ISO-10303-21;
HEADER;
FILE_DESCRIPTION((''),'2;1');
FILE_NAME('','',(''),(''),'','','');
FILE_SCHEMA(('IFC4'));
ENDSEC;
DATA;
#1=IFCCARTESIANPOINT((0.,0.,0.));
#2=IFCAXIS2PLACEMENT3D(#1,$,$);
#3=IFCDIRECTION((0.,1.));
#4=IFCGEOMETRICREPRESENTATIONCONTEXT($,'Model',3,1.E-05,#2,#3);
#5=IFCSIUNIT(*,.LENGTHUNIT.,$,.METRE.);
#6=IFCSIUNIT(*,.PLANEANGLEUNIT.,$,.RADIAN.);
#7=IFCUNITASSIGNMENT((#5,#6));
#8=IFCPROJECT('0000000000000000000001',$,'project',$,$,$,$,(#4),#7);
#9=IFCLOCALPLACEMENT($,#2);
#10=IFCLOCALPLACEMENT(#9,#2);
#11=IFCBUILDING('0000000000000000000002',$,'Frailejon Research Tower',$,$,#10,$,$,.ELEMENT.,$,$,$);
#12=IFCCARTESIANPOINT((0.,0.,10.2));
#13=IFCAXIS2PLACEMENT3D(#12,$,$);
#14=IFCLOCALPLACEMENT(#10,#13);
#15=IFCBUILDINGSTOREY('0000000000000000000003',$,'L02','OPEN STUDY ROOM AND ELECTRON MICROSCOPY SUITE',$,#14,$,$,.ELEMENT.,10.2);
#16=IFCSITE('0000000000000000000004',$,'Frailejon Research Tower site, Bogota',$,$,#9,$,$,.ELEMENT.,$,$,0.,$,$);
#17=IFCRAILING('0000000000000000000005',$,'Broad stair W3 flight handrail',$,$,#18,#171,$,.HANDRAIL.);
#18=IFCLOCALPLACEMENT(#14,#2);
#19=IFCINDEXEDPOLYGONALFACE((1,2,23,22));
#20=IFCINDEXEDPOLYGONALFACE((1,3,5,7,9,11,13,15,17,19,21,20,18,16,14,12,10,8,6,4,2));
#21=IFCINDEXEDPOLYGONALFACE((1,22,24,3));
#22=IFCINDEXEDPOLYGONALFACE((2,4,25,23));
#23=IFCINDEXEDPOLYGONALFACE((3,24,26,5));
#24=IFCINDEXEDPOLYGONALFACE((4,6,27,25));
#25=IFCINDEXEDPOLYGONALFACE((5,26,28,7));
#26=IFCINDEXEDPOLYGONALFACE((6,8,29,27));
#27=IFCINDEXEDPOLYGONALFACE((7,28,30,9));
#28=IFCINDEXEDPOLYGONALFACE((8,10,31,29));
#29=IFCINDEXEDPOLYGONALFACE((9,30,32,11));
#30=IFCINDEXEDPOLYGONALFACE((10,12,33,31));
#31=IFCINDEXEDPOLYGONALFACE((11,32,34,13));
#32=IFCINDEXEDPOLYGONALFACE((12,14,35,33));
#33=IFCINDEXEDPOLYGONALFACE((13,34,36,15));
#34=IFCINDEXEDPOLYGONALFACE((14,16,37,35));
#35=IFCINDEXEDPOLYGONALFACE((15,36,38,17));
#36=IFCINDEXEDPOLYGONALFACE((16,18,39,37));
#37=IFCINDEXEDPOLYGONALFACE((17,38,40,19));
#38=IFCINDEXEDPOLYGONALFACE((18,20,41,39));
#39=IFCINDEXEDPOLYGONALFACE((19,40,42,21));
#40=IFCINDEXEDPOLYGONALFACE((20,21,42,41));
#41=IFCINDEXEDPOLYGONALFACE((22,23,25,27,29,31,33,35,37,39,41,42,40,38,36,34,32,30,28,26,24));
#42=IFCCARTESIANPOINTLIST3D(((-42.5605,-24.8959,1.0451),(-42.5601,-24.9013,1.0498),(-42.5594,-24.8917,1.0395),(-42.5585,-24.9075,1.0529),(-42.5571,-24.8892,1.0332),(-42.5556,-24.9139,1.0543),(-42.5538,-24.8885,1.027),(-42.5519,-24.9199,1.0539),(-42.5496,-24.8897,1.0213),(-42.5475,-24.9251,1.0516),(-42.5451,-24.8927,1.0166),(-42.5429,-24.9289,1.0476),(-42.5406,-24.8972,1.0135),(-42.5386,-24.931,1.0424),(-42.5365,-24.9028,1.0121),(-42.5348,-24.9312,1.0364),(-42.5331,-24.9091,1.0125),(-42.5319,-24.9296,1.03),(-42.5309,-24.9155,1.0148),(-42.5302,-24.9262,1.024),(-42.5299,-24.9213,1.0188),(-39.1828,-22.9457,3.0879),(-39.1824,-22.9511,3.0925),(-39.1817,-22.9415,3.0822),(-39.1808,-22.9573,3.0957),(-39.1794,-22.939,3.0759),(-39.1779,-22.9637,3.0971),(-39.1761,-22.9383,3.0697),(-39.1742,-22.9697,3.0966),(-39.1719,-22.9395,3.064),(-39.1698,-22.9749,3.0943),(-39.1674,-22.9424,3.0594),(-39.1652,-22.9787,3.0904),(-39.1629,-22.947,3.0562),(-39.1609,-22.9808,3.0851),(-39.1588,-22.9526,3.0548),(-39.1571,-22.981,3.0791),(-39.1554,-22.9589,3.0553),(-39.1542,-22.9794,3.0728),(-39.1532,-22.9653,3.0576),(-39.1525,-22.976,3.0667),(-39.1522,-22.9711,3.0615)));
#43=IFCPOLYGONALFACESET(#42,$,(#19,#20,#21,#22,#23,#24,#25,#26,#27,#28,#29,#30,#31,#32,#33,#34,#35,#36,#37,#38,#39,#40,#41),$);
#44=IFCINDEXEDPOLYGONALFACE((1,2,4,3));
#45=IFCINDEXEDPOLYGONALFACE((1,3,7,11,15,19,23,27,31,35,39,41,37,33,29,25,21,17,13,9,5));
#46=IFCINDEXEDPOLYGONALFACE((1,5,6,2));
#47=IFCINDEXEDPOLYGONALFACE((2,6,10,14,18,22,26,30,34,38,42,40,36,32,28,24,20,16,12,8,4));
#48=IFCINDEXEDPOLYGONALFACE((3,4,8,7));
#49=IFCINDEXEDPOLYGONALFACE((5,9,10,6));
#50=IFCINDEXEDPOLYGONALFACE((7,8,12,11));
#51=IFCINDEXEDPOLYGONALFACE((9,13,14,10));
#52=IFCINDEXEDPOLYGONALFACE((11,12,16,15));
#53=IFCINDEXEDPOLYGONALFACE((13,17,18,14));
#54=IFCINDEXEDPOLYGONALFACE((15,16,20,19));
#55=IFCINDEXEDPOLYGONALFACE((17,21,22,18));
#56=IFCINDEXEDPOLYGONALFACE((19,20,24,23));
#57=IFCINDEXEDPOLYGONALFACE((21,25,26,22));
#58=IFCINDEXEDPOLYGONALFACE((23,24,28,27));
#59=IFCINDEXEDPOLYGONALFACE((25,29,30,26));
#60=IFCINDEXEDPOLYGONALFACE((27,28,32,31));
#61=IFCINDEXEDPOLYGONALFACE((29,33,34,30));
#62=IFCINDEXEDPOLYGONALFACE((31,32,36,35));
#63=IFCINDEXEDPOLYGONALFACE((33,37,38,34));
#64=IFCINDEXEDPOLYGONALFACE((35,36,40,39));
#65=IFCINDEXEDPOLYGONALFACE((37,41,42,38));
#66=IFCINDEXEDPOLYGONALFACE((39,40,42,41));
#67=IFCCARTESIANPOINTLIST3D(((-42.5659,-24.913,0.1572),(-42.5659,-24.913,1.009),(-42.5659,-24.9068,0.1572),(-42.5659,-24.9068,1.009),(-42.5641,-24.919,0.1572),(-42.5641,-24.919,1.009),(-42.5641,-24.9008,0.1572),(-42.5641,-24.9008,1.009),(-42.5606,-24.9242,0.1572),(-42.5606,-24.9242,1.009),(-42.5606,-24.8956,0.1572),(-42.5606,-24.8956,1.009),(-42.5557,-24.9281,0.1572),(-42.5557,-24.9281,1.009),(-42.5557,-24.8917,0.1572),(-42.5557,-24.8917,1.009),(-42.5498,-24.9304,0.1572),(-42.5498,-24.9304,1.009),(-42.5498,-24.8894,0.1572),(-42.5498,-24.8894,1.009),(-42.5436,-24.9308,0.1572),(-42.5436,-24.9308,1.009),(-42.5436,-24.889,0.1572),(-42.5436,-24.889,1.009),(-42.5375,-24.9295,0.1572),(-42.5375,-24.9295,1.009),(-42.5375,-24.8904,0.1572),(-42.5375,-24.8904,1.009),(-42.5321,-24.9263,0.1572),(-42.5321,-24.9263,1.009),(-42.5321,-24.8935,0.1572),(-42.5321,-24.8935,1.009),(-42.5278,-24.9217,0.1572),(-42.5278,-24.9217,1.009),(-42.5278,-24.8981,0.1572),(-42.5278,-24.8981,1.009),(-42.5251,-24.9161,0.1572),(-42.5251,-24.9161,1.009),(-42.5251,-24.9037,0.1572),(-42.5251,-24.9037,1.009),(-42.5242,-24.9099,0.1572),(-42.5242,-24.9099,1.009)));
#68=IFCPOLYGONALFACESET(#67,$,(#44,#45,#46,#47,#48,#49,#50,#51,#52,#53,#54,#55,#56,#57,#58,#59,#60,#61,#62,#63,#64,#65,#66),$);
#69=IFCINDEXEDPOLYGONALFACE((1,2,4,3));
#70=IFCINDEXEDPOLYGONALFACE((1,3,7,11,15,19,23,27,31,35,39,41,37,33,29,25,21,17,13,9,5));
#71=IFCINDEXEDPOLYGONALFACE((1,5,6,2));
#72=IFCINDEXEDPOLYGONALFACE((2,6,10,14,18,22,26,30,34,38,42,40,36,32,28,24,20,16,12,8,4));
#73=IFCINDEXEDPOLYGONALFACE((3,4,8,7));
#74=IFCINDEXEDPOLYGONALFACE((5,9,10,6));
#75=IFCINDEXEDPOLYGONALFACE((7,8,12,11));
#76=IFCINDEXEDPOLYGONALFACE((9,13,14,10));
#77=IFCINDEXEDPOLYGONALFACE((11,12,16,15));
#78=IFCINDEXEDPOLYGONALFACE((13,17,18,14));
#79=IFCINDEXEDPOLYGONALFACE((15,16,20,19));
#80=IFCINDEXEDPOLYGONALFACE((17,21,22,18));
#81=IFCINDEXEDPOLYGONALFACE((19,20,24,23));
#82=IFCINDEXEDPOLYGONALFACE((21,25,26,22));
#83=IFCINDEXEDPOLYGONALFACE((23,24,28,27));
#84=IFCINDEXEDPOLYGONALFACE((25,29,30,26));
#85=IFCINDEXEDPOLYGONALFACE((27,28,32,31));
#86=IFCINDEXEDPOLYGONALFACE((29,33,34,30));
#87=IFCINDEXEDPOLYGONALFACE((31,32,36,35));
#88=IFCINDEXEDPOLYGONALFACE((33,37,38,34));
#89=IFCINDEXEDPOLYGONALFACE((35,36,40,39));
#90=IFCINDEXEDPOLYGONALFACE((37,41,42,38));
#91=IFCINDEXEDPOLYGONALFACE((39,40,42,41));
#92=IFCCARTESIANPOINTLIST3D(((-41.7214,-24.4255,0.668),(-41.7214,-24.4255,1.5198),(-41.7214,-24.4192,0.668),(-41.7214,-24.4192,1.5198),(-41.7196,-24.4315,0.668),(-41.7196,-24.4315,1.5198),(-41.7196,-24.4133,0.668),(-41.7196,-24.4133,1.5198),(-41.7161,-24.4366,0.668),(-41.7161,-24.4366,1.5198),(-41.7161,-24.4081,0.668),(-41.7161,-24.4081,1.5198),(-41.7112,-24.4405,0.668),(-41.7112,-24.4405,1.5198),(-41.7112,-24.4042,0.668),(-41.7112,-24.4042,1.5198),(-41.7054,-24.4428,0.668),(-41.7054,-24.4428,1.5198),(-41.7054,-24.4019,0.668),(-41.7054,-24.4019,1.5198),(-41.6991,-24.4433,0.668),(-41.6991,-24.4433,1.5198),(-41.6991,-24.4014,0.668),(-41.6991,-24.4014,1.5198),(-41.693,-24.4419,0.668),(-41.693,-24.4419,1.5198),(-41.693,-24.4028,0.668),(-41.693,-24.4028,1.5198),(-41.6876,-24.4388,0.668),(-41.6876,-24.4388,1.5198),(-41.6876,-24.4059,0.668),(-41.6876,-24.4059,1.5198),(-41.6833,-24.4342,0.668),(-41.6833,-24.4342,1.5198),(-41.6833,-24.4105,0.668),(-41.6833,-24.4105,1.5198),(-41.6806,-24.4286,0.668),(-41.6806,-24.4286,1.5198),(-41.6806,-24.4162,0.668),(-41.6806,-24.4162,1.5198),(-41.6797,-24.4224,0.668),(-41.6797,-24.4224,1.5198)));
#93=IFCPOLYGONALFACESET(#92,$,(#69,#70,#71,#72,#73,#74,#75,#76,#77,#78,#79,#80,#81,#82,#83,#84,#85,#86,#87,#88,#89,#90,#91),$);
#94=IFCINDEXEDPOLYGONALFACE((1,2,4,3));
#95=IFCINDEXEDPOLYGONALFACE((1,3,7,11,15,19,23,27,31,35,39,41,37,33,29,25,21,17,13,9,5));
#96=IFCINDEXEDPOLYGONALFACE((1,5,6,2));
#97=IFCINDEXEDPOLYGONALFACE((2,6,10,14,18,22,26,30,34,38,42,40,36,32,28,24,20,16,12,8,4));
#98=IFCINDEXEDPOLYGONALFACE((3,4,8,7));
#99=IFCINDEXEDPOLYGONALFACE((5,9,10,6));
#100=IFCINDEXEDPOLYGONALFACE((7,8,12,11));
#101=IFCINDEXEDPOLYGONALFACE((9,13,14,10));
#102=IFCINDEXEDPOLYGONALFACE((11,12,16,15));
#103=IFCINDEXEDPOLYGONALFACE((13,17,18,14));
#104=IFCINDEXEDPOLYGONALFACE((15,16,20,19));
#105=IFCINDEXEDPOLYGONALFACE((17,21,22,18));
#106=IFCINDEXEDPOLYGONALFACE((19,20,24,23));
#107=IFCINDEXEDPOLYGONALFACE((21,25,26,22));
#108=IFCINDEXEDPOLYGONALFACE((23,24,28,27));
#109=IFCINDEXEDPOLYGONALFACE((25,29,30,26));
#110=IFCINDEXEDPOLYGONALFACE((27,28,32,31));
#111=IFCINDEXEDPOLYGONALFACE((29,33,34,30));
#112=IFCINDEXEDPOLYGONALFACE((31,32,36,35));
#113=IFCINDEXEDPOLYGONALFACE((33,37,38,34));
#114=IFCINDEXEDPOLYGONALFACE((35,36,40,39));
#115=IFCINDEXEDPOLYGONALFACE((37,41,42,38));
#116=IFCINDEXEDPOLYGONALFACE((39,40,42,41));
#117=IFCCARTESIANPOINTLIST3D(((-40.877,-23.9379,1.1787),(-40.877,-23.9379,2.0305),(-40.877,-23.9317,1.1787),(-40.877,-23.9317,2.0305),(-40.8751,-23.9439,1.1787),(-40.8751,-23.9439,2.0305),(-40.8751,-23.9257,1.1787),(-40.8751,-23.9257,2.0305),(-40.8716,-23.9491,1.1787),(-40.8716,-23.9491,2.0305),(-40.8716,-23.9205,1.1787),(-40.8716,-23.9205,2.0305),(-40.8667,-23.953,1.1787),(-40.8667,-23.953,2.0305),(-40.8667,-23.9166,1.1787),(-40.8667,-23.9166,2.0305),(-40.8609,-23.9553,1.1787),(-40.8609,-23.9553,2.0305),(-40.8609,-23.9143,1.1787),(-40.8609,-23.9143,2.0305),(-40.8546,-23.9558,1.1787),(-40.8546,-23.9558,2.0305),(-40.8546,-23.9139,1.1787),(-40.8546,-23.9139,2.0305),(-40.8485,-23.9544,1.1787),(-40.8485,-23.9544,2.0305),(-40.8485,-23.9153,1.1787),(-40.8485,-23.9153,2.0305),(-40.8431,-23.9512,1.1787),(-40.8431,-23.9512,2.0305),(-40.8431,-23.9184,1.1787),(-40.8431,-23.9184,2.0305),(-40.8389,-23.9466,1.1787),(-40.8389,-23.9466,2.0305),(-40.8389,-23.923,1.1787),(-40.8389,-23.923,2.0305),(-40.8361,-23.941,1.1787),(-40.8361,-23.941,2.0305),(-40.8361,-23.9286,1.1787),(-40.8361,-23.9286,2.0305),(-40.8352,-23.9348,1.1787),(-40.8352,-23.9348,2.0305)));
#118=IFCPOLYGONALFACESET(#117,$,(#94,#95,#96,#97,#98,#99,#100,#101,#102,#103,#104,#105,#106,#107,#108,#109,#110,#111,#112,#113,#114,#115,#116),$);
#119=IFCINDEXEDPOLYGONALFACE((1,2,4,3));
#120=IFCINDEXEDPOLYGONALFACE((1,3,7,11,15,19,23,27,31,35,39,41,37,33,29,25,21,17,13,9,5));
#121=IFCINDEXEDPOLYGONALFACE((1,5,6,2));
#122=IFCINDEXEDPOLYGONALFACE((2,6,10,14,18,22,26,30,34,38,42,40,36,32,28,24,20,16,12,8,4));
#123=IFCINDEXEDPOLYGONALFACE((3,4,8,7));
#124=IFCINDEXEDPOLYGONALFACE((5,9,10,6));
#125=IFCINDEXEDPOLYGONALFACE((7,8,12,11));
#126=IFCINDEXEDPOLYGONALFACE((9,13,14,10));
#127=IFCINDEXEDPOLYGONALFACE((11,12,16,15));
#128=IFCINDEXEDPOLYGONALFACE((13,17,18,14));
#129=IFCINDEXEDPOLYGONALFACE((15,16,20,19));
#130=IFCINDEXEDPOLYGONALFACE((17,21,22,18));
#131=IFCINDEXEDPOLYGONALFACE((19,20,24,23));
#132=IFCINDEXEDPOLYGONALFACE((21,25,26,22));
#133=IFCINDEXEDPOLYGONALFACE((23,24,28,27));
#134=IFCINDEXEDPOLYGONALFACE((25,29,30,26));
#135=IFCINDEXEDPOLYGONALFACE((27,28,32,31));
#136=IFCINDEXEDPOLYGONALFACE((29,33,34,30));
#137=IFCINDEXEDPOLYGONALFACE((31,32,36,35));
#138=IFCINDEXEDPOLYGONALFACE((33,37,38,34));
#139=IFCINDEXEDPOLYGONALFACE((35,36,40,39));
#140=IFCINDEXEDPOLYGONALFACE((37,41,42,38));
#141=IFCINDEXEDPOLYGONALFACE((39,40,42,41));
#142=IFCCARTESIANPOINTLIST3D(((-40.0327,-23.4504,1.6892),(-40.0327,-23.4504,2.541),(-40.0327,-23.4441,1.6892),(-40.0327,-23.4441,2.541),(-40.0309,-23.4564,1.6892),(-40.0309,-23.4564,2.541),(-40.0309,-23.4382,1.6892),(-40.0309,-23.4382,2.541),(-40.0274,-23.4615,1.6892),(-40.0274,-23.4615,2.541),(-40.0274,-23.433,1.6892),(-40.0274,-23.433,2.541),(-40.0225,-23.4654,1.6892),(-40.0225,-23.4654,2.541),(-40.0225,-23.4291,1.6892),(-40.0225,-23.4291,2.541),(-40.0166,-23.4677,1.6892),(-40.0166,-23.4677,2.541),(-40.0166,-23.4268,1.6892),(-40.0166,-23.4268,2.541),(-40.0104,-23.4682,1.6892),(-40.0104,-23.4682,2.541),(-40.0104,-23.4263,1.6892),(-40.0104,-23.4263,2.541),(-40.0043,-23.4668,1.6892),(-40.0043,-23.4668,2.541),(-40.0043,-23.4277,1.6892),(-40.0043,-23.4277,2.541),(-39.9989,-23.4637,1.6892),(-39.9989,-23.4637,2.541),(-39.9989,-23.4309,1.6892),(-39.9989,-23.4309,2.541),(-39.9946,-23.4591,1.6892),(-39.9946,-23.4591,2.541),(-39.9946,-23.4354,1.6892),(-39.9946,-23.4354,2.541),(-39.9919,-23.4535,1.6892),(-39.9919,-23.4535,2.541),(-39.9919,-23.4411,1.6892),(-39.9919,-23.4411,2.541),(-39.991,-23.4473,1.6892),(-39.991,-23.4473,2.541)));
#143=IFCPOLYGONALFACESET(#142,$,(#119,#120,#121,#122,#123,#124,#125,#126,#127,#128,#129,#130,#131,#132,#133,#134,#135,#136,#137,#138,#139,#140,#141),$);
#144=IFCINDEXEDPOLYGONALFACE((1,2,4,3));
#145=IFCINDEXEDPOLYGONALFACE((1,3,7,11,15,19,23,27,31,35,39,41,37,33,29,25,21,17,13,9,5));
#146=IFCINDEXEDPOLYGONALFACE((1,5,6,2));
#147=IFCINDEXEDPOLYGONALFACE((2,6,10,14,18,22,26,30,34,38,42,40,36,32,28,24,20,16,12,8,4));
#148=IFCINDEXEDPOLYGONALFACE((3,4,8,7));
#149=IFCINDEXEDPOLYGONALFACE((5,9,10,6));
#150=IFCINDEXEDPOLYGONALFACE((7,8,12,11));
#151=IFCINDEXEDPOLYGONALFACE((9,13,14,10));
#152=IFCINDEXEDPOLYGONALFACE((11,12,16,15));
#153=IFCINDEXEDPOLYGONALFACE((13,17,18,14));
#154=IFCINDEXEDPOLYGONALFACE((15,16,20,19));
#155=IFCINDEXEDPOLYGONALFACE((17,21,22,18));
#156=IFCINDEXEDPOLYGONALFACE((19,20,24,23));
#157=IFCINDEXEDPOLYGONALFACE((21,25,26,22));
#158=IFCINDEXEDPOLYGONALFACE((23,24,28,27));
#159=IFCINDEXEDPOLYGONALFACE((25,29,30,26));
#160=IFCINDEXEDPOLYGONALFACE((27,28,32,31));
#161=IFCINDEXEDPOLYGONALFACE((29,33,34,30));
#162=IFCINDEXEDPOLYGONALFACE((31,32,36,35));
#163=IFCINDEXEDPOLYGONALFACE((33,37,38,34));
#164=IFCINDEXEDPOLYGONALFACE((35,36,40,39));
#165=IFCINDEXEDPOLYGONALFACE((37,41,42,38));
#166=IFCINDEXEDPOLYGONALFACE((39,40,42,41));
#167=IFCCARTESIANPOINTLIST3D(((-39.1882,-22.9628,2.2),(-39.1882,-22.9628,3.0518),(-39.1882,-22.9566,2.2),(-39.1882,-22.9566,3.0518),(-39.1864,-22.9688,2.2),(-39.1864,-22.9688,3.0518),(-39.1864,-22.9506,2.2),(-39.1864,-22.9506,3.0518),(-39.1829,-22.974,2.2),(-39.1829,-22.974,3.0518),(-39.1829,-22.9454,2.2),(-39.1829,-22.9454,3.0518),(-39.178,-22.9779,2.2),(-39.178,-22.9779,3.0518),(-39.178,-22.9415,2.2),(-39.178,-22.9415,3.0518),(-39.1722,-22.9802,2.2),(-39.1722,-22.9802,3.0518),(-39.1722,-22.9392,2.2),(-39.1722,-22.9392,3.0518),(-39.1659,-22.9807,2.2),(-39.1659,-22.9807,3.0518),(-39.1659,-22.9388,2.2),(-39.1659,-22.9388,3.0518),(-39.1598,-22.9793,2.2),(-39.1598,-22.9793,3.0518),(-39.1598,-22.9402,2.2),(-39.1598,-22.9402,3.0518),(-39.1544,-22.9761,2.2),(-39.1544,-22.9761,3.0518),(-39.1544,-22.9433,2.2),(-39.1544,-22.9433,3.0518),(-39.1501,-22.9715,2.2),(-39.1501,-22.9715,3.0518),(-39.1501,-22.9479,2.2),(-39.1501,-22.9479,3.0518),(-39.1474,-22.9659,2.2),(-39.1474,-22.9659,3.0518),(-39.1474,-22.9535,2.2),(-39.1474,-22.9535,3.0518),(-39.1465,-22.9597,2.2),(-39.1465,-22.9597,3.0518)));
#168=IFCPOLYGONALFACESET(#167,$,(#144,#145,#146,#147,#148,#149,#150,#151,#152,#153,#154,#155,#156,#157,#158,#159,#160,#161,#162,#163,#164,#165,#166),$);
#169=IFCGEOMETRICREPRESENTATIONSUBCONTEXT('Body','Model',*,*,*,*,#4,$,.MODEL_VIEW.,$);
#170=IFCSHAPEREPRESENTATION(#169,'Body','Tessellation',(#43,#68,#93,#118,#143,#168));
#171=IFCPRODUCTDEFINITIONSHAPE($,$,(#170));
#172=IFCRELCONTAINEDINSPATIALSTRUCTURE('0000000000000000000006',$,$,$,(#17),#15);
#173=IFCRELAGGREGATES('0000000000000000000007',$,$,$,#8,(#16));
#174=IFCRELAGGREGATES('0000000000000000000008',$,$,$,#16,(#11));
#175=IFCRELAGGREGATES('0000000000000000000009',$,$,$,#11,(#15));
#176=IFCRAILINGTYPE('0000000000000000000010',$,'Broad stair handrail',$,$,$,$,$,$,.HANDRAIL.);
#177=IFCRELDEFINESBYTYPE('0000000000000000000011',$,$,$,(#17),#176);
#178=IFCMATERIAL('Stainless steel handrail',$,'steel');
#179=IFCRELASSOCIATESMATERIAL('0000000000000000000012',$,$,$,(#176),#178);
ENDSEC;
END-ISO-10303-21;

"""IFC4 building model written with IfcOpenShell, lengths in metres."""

from ifc_helpers import new_model, si_unit, direction, frame, origin, origin_2d, place, context, subcontext, project, spatial, circle, extrude, material, type_object, element, save


model = new_model("IFC4")

# Units and contexts
model_context = context("Model", 3, precision=1e-05, world=origin(), true_north=direction((0.0, 1.0)))
body_context = subcontext(model_context, "Body", "Model", "MODEL_VIEW")
ifc_project = project(units=[si_unit("LENGTHUNIT", "METRE"), si_unit("PLANEANGLEUNIT", "RADIAN")], contexts=[model_context])

# Site, building, storey
site_placement = place(None, origin())
site = spatial("IfcSite", under=ifc_project, at=site_placement, Name="Frailejon Research Tower site, Bogota", CompositionType="ELEMENT", RefElevation=0.0)
building_placement = place(site_placement, origin())
building = spatial("IfcBuilding", under=site, at=building_placement, Name="Frailejon Research Tower", CompositionType="ELEMENT")
storey_placement = place(building_placement, frame((0.0, 0.0, 10.2)))
storey = spatial("IfcBuildingStorey", under=building, at=storey_placement, Name="L02", Description="OPEN STUDY ROOM AND ELECTRON MICROSCOPY SUITE", CompositionType="ELEMENT", Elevation=10.2)

# Railing
ifc_material_1 = material(Name="Stainless steel handrail", Category="steel")
railing_type_1 = type_object("IfcRailingType", Name="Broad stair handrail", PredefinedType="HANDRAIL", material=ifc_material_1)
railing_1_placement = place(storey_placement, frame((-42.5452, -24.9099, 0.1572)))
element("IfcRailing", 1, at=railing_1_placement, inside=storey, type_object=railing_type_1, Name="Broad stair W3 flight handrail", PredefinedType="HANDRAIL", context=body_context, shape_type="SweptSolid", body=[
    extrude(circle(Radius=0.0239, at=origin_2d()), frame((0.0, 0.0, 0.876), z_axis=(0.767166, 0.442943, 0.463959), x_axis=(-0.500017, 0.866016, 0.0)), (0.0, 0.0, 1.0), 4.4028),
    extrude(circle(Radius=0.021, at=origin_2d()), origin(), (0.0, 0.0, 1.0), 0.8518),
    extrude(circle(Radius=0.021, at=origin_2d()), frame((0.8445, 0.4875, 0.5107)), (0.0, 0.0, 1.0), 0.8518),
    extrude(circle(Radius=0.021, at=origin_2d()), frame((1.689, 0.9751, 1.0215)), (0.0, 0.0, 1.0), 0.8518),
    extrude(circle(Radius=0.021, at=origin_2d()), frame((2.5332, 1.4626, 1.532)), (0.0, 0.0, 1.0), 0.8518),
    extrude(circle(Radius=0.021, at=origin_2d()), frame((3.3777, 1.9502, 2.0427)), (0.0, 0.0, 1.0), 0.8518),
])

save(model, "model.ifc")
